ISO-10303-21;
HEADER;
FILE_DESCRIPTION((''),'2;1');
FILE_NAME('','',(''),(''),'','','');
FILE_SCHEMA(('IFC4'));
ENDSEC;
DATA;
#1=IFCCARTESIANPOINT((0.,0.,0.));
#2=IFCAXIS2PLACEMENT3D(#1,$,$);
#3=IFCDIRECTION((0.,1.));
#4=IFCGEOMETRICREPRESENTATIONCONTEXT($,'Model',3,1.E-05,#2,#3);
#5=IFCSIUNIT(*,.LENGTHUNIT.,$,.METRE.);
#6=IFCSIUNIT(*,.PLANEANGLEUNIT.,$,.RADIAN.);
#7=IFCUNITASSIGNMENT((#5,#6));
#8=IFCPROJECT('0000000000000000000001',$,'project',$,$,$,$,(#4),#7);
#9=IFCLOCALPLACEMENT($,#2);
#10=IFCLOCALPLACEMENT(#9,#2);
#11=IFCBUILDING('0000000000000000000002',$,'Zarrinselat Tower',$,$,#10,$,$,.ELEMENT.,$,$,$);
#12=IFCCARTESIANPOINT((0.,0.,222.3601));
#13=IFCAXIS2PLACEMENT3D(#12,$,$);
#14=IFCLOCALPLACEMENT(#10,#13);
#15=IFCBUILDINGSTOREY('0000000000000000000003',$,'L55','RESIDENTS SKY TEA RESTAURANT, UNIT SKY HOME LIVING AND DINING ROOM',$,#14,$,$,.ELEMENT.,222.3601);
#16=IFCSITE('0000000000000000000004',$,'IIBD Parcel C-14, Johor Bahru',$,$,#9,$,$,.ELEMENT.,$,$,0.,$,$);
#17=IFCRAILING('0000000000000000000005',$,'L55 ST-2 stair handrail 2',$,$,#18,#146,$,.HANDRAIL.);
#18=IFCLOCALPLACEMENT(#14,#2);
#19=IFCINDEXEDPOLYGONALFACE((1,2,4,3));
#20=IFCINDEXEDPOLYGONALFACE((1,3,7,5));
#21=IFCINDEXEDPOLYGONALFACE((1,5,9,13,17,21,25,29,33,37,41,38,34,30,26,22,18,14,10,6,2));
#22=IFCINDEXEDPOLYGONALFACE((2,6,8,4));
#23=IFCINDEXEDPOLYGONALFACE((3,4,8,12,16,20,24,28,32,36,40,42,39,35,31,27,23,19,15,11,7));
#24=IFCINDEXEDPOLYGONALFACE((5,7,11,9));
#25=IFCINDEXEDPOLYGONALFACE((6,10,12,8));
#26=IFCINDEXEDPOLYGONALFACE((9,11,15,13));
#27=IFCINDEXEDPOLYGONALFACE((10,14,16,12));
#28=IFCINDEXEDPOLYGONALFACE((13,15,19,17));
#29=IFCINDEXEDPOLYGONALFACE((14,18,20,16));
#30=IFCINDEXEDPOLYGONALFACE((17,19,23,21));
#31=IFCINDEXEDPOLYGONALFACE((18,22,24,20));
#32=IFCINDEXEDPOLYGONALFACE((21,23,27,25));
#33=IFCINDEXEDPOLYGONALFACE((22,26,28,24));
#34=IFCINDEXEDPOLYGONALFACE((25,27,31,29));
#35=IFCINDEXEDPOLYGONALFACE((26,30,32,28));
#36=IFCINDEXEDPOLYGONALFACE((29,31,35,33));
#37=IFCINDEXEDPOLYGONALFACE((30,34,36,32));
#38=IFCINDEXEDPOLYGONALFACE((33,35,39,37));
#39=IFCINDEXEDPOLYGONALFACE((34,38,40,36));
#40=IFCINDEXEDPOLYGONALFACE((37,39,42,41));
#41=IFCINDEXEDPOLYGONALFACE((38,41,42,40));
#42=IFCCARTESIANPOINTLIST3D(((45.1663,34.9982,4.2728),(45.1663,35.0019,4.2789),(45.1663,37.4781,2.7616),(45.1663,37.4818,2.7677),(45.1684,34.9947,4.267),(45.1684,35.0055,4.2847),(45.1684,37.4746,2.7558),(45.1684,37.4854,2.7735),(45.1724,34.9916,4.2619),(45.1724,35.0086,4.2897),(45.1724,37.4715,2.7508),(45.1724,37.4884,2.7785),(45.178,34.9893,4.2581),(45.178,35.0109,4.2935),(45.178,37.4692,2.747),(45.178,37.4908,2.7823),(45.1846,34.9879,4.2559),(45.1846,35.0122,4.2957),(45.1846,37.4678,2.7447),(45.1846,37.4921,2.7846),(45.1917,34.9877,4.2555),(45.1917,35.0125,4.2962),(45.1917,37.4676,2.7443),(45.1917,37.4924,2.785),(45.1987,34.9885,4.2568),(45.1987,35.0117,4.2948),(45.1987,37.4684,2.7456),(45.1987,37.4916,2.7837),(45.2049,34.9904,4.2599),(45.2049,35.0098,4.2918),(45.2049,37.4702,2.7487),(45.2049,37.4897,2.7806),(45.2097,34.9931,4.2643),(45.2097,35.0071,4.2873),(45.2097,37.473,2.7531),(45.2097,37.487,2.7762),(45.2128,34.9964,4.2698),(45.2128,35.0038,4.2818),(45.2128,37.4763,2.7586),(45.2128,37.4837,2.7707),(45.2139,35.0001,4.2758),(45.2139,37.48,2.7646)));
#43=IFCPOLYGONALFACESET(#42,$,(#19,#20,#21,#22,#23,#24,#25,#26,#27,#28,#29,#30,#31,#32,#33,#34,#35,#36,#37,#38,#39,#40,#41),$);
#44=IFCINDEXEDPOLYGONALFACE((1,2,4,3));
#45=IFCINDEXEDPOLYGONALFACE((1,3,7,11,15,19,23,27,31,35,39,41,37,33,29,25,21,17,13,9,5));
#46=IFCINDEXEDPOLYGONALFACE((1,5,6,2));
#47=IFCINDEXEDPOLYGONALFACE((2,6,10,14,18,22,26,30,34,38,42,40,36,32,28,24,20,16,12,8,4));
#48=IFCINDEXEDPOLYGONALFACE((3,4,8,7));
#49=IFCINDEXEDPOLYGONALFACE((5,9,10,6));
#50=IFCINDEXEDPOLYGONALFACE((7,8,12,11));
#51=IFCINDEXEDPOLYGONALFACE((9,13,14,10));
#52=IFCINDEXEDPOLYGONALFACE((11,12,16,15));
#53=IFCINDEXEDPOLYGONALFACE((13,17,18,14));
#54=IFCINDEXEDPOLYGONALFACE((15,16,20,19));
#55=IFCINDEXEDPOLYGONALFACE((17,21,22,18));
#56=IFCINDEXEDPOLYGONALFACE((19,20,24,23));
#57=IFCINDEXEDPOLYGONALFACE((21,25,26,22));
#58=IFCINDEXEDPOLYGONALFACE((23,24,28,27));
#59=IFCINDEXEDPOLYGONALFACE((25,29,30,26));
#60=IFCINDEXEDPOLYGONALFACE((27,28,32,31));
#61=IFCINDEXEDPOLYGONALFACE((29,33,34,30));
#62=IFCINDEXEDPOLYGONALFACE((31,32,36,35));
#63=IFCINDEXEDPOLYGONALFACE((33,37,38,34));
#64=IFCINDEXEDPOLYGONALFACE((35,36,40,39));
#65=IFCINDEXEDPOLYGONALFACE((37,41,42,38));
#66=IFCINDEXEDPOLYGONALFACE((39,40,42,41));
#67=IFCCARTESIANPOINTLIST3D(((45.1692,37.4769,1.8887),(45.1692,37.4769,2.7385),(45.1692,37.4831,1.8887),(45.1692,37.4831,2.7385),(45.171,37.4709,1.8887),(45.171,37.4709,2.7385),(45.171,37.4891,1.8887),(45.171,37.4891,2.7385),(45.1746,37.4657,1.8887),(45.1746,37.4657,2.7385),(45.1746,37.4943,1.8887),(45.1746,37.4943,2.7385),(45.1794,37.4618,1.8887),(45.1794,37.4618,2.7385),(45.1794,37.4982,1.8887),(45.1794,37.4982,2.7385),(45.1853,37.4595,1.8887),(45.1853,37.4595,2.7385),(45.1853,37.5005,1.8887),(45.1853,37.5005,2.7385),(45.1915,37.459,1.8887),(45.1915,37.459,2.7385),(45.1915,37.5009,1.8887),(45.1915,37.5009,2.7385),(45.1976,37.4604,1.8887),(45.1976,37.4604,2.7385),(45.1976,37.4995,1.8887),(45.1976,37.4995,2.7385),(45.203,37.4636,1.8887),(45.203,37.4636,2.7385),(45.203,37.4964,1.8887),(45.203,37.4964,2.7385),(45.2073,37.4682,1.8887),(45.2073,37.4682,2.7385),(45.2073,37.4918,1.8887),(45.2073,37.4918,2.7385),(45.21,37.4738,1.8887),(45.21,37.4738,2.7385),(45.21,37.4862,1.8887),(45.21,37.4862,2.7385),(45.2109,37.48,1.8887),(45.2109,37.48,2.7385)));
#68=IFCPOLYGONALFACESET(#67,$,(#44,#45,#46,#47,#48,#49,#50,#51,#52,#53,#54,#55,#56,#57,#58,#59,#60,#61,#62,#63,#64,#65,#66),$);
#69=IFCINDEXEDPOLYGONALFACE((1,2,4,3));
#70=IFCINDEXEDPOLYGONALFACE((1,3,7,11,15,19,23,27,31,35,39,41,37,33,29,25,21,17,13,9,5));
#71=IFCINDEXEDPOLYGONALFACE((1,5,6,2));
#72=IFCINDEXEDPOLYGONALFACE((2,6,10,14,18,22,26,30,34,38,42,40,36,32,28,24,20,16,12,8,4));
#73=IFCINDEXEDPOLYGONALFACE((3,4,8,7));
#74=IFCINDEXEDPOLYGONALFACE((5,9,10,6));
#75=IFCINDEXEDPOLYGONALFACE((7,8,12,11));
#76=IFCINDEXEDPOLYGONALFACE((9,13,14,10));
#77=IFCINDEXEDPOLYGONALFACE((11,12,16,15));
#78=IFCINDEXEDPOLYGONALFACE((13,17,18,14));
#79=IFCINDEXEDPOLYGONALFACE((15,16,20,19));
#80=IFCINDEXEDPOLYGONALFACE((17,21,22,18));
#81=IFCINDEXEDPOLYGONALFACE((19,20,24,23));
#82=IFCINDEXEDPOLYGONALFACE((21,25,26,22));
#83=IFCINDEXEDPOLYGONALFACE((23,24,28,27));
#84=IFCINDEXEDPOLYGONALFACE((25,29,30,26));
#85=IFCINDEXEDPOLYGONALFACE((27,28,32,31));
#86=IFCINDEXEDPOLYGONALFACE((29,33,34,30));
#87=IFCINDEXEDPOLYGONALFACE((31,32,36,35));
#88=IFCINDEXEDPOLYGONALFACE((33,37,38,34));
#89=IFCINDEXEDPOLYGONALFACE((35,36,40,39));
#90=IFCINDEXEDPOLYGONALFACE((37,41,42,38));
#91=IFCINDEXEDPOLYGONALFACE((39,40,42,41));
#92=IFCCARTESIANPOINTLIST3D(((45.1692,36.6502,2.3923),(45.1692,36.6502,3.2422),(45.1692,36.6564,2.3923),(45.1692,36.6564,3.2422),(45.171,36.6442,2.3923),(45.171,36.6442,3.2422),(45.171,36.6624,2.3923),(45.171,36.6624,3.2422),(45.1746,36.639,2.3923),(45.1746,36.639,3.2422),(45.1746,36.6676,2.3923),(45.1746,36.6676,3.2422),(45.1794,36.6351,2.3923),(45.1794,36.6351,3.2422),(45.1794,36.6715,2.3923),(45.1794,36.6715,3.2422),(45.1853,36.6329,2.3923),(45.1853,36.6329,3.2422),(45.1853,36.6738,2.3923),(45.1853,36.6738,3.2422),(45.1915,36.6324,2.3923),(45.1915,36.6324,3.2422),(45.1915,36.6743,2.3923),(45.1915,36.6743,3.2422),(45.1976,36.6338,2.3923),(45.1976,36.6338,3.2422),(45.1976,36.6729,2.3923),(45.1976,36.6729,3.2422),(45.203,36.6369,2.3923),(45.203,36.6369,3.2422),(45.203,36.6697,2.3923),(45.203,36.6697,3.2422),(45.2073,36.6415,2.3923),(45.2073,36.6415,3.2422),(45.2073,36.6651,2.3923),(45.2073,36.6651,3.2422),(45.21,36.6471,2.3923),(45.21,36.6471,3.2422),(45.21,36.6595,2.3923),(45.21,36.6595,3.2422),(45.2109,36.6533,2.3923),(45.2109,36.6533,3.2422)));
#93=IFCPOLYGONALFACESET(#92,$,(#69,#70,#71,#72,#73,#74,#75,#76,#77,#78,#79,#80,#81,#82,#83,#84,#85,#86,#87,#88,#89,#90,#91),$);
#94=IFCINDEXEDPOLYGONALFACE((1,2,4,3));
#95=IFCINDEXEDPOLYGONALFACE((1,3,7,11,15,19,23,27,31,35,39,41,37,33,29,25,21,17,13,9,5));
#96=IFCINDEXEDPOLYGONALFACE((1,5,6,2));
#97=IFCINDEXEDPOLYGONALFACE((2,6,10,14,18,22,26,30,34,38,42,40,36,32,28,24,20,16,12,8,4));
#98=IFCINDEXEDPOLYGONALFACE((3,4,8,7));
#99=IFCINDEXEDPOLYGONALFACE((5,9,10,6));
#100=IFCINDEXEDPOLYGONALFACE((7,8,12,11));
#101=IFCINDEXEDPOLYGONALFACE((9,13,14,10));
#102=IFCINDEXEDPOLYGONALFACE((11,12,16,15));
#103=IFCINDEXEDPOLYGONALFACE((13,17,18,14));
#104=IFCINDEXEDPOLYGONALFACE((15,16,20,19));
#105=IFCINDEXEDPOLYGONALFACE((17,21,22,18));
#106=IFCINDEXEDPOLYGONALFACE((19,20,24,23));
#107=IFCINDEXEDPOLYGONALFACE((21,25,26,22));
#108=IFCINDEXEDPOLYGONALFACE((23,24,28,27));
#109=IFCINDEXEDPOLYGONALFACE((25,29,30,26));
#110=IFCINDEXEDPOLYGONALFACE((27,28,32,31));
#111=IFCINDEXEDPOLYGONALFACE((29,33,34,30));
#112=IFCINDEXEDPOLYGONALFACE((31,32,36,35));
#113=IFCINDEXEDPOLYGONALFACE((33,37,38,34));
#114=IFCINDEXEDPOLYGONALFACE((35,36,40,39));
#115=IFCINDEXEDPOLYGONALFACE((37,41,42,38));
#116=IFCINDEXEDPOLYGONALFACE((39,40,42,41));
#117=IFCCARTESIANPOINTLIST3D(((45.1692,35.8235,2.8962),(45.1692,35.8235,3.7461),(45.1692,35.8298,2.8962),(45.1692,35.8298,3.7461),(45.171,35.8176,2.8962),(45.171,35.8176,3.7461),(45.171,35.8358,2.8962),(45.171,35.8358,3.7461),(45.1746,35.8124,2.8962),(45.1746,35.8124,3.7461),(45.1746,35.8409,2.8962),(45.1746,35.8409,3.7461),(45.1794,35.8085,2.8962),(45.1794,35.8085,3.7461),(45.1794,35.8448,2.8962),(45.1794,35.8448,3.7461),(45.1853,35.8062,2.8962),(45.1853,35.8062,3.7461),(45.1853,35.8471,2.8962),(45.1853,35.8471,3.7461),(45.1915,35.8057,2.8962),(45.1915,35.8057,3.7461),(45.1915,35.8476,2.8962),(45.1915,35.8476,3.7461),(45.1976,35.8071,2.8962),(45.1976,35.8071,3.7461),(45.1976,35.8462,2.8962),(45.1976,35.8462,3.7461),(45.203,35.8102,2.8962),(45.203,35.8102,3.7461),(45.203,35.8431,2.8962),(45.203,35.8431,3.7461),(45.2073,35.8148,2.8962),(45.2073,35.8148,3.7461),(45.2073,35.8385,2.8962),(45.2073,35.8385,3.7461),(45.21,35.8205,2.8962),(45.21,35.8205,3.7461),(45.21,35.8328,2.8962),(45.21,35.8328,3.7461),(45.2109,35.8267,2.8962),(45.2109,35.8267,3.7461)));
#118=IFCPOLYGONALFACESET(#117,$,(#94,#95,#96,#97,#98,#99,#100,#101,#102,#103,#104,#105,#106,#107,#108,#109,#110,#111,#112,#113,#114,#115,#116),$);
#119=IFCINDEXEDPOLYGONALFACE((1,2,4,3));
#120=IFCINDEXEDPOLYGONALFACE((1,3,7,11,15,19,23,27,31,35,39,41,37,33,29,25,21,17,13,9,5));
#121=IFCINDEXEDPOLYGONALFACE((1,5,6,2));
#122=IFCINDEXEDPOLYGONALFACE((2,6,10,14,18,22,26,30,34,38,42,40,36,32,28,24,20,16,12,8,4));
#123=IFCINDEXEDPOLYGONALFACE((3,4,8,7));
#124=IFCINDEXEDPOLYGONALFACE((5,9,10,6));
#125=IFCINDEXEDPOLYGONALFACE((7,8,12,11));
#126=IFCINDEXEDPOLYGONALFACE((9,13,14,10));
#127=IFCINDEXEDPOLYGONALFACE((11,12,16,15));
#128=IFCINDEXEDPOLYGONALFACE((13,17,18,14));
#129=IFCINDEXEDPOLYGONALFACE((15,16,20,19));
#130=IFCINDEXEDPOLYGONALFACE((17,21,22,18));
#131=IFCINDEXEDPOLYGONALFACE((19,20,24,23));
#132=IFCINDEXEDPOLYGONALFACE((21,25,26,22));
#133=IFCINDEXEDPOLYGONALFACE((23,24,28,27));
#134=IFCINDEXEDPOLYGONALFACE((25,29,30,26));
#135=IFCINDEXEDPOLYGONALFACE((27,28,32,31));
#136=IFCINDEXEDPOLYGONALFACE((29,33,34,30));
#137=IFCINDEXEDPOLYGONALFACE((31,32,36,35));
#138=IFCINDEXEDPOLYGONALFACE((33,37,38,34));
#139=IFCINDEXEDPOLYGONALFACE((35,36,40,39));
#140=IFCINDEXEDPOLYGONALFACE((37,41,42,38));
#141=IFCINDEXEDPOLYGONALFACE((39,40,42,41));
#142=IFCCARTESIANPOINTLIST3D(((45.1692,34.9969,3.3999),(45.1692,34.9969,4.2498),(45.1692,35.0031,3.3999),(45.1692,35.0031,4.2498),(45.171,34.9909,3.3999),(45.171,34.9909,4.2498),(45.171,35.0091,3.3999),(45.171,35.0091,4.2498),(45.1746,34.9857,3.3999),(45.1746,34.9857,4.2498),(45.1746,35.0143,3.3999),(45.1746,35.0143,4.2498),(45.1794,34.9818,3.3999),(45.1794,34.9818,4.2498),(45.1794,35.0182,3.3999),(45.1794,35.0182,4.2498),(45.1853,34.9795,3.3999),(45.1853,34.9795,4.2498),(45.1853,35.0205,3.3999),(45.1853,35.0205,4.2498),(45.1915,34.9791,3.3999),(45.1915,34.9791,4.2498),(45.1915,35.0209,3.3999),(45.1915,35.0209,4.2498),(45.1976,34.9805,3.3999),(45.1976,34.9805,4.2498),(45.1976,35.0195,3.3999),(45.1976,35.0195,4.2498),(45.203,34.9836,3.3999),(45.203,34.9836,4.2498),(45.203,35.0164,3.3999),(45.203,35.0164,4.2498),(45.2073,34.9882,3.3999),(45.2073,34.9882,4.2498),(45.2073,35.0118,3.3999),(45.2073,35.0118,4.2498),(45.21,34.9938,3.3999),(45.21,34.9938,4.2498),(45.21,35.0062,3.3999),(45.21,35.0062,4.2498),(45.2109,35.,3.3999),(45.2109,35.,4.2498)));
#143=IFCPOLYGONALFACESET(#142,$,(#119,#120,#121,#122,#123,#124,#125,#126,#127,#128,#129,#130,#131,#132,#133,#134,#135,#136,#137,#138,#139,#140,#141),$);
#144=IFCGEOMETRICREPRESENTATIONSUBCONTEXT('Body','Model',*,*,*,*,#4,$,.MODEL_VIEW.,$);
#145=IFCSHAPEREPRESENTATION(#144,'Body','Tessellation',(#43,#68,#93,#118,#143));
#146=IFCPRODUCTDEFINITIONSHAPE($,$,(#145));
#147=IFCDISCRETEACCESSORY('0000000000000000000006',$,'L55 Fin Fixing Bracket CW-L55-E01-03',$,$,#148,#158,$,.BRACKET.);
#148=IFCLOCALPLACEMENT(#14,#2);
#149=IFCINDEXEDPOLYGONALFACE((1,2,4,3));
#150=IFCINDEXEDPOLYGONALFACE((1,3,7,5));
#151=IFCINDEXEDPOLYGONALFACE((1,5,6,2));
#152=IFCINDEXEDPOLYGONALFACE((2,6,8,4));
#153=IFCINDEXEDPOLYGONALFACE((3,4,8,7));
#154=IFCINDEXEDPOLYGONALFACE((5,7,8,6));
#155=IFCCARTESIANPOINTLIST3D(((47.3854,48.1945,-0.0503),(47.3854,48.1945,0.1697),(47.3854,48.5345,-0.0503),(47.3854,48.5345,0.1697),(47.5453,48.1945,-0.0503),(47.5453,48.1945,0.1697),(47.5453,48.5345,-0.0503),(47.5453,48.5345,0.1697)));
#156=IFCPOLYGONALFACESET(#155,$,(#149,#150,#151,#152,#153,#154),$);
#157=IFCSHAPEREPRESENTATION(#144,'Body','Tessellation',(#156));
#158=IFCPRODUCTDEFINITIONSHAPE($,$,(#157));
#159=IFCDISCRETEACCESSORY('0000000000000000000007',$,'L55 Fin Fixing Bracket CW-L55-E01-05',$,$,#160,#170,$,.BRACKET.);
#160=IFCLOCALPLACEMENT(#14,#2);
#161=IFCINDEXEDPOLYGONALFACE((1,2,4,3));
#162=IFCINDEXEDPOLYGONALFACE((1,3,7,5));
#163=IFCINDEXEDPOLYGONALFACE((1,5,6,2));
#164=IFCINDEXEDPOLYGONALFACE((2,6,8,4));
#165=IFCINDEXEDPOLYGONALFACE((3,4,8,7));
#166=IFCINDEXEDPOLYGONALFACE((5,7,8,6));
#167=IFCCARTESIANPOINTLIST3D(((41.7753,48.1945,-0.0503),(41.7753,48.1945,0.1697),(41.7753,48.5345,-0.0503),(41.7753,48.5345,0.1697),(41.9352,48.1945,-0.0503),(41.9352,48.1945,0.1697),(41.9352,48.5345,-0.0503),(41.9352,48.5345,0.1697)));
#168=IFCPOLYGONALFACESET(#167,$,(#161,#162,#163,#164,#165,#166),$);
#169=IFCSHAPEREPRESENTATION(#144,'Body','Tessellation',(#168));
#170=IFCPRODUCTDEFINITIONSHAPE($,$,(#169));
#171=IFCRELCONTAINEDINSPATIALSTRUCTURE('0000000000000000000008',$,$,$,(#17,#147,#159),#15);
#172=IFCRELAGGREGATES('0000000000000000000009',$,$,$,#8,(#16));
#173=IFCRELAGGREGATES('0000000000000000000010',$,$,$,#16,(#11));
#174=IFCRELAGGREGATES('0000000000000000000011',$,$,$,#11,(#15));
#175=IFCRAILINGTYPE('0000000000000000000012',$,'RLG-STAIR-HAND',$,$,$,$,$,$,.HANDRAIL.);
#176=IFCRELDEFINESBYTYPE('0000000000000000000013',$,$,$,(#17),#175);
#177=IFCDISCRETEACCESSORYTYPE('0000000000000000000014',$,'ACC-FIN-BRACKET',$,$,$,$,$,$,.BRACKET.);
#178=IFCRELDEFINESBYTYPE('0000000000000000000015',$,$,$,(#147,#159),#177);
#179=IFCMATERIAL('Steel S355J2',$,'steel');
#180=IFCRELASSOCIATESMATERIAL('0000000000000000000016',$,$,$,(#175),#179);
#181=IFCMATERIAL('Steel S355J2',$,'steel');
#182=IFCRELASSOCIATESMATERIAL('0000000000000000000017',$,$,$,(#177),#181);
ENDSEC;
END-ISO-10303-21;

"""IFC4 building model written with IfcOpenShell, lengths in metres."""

from ifc_helpers import new_model, si_unit, direction, frame, origin, origin_2d, place, context, subcontext, project, spatial, rectangle, circle, extrude, material, type_object, element, save


model = new_model("IFC4")

# Units and contexts
model_context = context("Model", 3, precision=1e-05, world=origin(), true_north=direction((0.0, 1.0)))
body_context = subcontext(model_context, "Body", "Model", "MODEL_VIEW")
ifc_project = project(units=[si_unit("LENGTHUNIT", "METRE"), si_unit("PLANEANGLEUNIT", "RADIAN")], contexts=[model_context])

# Site, building, storey
site_placement = place(None, origin())
site = spatial("IfcSite", under=ifc_project, at=site_placement, Name="IIBD Parcel C-14, Johor Bahru", CompositionType="ELEMENT", RefElevation=0.0)
building_placement = place(site_placement, origin())
building = spatial("IfcBuilding", under=site, at=building_placement, Name="Zarrinselat Tower", CompositionType="ELEMENT")
storey_placement = place(building_placement, frame((0.0, 0.0, 222.3601)))
storey = spatial("IfcBuildingStorey", under=building, at=storey_placement, Name="L55", Description="RESIDENTS SKY TEA RESTAURANT, UNIT SKY HOME LIVING AND DINING ROOM", CompositionType="ELEMENT", Elevation=222.3601)

# Railing
ifc_material_1 = material(Name="Steel S355J2", Category="steel")
railing_type_1 = type_object("IfcRailingType", Name="RLG-STAIR-HAND", PredefinedType="HANDRAIL", material=ifc_material_1)
railing_1_placement = place(storey_placement, frame((45.1899, 37.48, 1.8887)))
element("IfcRailing", 1, at=railing_1_placement, inside=storey, type_object=railing_type_1, Name="L55 ST-2 stair handrail 2", PredefinedType="HANDRAIL", context=body_context, shape_type="SweptSolid", body=[
    extrude(circle(Radius=0.0239, at=origin_2d()), frame((0.0, 0.0, 0.876), z_axis=(0.0, -0.853942, 0.520368), x_axis=(1.0, 0.0, 0.0)), (0.0, 0.0, 1.0), 2.9041),
    extrude(circle(Radius=0.021, at=origin_2d()), origin(), (0.0, 0.0, 1.0), 0.8499),
    extrude(circle(Radius=0.021, at=origin_2d()), frame((0.0, -0.8267, 0.5037)), (0.0, 0.0, 1.0), 0.8499),
    extrude(circle(Radius=0.021, at=origin_2d()), frame((0.0, -1.6533, 1.0076)), (0.0, 0.0, 1.0), 0.8499),
    extrude(circle(Radius=0.021, at=origin_2d()), frame((0.0, -2.48, 1.5112)), (0.0, 0.0, 1.0), 0.8499),
])

# Discrete accessories
ifc_material_2 = material(Name="Steel S355J2", Category="steel")
discrete_accessory_type = type_object("IfcDiscreteAccessoryType", Name="ACC-FIN-BRACKET", PredefinedType="BRACKET", material=ifc_material_2)
for number, where, z_axis, x_axis, name in (
    (2, (47.4653, 48.3645, -0.0503), (0.0, 0.0, 1.0), (0.0, 1.0, 0.0), "L55 Fin Fixing Bracket CW-L55-E01-03"),
    (3, (41.8552, 48.3645, -0.0503), (0.0, 0.0, 1.0), (0.0, 1.0, 0.0), "L55 Fin Fixing Bracket CW-L55-E01-05"),
):
    element("IfcDiscreteAccessory", number, at=place(storey_placement, frame(where, z_axis=z_axis, x_axis=x_axis)), inside=storey, type_object=discrete_accessory_type, Name=name, PredefinedType="BRACKET", context=body_context, shape_type="SweptSolid", body=[
        extrude(rectangle(XDim=0.3401, YDim=0.1599, at=origin_2d()), origin(), (0.0, 0.0, 1.0), 0.22),
    ])

save(model, "model.ifc")
